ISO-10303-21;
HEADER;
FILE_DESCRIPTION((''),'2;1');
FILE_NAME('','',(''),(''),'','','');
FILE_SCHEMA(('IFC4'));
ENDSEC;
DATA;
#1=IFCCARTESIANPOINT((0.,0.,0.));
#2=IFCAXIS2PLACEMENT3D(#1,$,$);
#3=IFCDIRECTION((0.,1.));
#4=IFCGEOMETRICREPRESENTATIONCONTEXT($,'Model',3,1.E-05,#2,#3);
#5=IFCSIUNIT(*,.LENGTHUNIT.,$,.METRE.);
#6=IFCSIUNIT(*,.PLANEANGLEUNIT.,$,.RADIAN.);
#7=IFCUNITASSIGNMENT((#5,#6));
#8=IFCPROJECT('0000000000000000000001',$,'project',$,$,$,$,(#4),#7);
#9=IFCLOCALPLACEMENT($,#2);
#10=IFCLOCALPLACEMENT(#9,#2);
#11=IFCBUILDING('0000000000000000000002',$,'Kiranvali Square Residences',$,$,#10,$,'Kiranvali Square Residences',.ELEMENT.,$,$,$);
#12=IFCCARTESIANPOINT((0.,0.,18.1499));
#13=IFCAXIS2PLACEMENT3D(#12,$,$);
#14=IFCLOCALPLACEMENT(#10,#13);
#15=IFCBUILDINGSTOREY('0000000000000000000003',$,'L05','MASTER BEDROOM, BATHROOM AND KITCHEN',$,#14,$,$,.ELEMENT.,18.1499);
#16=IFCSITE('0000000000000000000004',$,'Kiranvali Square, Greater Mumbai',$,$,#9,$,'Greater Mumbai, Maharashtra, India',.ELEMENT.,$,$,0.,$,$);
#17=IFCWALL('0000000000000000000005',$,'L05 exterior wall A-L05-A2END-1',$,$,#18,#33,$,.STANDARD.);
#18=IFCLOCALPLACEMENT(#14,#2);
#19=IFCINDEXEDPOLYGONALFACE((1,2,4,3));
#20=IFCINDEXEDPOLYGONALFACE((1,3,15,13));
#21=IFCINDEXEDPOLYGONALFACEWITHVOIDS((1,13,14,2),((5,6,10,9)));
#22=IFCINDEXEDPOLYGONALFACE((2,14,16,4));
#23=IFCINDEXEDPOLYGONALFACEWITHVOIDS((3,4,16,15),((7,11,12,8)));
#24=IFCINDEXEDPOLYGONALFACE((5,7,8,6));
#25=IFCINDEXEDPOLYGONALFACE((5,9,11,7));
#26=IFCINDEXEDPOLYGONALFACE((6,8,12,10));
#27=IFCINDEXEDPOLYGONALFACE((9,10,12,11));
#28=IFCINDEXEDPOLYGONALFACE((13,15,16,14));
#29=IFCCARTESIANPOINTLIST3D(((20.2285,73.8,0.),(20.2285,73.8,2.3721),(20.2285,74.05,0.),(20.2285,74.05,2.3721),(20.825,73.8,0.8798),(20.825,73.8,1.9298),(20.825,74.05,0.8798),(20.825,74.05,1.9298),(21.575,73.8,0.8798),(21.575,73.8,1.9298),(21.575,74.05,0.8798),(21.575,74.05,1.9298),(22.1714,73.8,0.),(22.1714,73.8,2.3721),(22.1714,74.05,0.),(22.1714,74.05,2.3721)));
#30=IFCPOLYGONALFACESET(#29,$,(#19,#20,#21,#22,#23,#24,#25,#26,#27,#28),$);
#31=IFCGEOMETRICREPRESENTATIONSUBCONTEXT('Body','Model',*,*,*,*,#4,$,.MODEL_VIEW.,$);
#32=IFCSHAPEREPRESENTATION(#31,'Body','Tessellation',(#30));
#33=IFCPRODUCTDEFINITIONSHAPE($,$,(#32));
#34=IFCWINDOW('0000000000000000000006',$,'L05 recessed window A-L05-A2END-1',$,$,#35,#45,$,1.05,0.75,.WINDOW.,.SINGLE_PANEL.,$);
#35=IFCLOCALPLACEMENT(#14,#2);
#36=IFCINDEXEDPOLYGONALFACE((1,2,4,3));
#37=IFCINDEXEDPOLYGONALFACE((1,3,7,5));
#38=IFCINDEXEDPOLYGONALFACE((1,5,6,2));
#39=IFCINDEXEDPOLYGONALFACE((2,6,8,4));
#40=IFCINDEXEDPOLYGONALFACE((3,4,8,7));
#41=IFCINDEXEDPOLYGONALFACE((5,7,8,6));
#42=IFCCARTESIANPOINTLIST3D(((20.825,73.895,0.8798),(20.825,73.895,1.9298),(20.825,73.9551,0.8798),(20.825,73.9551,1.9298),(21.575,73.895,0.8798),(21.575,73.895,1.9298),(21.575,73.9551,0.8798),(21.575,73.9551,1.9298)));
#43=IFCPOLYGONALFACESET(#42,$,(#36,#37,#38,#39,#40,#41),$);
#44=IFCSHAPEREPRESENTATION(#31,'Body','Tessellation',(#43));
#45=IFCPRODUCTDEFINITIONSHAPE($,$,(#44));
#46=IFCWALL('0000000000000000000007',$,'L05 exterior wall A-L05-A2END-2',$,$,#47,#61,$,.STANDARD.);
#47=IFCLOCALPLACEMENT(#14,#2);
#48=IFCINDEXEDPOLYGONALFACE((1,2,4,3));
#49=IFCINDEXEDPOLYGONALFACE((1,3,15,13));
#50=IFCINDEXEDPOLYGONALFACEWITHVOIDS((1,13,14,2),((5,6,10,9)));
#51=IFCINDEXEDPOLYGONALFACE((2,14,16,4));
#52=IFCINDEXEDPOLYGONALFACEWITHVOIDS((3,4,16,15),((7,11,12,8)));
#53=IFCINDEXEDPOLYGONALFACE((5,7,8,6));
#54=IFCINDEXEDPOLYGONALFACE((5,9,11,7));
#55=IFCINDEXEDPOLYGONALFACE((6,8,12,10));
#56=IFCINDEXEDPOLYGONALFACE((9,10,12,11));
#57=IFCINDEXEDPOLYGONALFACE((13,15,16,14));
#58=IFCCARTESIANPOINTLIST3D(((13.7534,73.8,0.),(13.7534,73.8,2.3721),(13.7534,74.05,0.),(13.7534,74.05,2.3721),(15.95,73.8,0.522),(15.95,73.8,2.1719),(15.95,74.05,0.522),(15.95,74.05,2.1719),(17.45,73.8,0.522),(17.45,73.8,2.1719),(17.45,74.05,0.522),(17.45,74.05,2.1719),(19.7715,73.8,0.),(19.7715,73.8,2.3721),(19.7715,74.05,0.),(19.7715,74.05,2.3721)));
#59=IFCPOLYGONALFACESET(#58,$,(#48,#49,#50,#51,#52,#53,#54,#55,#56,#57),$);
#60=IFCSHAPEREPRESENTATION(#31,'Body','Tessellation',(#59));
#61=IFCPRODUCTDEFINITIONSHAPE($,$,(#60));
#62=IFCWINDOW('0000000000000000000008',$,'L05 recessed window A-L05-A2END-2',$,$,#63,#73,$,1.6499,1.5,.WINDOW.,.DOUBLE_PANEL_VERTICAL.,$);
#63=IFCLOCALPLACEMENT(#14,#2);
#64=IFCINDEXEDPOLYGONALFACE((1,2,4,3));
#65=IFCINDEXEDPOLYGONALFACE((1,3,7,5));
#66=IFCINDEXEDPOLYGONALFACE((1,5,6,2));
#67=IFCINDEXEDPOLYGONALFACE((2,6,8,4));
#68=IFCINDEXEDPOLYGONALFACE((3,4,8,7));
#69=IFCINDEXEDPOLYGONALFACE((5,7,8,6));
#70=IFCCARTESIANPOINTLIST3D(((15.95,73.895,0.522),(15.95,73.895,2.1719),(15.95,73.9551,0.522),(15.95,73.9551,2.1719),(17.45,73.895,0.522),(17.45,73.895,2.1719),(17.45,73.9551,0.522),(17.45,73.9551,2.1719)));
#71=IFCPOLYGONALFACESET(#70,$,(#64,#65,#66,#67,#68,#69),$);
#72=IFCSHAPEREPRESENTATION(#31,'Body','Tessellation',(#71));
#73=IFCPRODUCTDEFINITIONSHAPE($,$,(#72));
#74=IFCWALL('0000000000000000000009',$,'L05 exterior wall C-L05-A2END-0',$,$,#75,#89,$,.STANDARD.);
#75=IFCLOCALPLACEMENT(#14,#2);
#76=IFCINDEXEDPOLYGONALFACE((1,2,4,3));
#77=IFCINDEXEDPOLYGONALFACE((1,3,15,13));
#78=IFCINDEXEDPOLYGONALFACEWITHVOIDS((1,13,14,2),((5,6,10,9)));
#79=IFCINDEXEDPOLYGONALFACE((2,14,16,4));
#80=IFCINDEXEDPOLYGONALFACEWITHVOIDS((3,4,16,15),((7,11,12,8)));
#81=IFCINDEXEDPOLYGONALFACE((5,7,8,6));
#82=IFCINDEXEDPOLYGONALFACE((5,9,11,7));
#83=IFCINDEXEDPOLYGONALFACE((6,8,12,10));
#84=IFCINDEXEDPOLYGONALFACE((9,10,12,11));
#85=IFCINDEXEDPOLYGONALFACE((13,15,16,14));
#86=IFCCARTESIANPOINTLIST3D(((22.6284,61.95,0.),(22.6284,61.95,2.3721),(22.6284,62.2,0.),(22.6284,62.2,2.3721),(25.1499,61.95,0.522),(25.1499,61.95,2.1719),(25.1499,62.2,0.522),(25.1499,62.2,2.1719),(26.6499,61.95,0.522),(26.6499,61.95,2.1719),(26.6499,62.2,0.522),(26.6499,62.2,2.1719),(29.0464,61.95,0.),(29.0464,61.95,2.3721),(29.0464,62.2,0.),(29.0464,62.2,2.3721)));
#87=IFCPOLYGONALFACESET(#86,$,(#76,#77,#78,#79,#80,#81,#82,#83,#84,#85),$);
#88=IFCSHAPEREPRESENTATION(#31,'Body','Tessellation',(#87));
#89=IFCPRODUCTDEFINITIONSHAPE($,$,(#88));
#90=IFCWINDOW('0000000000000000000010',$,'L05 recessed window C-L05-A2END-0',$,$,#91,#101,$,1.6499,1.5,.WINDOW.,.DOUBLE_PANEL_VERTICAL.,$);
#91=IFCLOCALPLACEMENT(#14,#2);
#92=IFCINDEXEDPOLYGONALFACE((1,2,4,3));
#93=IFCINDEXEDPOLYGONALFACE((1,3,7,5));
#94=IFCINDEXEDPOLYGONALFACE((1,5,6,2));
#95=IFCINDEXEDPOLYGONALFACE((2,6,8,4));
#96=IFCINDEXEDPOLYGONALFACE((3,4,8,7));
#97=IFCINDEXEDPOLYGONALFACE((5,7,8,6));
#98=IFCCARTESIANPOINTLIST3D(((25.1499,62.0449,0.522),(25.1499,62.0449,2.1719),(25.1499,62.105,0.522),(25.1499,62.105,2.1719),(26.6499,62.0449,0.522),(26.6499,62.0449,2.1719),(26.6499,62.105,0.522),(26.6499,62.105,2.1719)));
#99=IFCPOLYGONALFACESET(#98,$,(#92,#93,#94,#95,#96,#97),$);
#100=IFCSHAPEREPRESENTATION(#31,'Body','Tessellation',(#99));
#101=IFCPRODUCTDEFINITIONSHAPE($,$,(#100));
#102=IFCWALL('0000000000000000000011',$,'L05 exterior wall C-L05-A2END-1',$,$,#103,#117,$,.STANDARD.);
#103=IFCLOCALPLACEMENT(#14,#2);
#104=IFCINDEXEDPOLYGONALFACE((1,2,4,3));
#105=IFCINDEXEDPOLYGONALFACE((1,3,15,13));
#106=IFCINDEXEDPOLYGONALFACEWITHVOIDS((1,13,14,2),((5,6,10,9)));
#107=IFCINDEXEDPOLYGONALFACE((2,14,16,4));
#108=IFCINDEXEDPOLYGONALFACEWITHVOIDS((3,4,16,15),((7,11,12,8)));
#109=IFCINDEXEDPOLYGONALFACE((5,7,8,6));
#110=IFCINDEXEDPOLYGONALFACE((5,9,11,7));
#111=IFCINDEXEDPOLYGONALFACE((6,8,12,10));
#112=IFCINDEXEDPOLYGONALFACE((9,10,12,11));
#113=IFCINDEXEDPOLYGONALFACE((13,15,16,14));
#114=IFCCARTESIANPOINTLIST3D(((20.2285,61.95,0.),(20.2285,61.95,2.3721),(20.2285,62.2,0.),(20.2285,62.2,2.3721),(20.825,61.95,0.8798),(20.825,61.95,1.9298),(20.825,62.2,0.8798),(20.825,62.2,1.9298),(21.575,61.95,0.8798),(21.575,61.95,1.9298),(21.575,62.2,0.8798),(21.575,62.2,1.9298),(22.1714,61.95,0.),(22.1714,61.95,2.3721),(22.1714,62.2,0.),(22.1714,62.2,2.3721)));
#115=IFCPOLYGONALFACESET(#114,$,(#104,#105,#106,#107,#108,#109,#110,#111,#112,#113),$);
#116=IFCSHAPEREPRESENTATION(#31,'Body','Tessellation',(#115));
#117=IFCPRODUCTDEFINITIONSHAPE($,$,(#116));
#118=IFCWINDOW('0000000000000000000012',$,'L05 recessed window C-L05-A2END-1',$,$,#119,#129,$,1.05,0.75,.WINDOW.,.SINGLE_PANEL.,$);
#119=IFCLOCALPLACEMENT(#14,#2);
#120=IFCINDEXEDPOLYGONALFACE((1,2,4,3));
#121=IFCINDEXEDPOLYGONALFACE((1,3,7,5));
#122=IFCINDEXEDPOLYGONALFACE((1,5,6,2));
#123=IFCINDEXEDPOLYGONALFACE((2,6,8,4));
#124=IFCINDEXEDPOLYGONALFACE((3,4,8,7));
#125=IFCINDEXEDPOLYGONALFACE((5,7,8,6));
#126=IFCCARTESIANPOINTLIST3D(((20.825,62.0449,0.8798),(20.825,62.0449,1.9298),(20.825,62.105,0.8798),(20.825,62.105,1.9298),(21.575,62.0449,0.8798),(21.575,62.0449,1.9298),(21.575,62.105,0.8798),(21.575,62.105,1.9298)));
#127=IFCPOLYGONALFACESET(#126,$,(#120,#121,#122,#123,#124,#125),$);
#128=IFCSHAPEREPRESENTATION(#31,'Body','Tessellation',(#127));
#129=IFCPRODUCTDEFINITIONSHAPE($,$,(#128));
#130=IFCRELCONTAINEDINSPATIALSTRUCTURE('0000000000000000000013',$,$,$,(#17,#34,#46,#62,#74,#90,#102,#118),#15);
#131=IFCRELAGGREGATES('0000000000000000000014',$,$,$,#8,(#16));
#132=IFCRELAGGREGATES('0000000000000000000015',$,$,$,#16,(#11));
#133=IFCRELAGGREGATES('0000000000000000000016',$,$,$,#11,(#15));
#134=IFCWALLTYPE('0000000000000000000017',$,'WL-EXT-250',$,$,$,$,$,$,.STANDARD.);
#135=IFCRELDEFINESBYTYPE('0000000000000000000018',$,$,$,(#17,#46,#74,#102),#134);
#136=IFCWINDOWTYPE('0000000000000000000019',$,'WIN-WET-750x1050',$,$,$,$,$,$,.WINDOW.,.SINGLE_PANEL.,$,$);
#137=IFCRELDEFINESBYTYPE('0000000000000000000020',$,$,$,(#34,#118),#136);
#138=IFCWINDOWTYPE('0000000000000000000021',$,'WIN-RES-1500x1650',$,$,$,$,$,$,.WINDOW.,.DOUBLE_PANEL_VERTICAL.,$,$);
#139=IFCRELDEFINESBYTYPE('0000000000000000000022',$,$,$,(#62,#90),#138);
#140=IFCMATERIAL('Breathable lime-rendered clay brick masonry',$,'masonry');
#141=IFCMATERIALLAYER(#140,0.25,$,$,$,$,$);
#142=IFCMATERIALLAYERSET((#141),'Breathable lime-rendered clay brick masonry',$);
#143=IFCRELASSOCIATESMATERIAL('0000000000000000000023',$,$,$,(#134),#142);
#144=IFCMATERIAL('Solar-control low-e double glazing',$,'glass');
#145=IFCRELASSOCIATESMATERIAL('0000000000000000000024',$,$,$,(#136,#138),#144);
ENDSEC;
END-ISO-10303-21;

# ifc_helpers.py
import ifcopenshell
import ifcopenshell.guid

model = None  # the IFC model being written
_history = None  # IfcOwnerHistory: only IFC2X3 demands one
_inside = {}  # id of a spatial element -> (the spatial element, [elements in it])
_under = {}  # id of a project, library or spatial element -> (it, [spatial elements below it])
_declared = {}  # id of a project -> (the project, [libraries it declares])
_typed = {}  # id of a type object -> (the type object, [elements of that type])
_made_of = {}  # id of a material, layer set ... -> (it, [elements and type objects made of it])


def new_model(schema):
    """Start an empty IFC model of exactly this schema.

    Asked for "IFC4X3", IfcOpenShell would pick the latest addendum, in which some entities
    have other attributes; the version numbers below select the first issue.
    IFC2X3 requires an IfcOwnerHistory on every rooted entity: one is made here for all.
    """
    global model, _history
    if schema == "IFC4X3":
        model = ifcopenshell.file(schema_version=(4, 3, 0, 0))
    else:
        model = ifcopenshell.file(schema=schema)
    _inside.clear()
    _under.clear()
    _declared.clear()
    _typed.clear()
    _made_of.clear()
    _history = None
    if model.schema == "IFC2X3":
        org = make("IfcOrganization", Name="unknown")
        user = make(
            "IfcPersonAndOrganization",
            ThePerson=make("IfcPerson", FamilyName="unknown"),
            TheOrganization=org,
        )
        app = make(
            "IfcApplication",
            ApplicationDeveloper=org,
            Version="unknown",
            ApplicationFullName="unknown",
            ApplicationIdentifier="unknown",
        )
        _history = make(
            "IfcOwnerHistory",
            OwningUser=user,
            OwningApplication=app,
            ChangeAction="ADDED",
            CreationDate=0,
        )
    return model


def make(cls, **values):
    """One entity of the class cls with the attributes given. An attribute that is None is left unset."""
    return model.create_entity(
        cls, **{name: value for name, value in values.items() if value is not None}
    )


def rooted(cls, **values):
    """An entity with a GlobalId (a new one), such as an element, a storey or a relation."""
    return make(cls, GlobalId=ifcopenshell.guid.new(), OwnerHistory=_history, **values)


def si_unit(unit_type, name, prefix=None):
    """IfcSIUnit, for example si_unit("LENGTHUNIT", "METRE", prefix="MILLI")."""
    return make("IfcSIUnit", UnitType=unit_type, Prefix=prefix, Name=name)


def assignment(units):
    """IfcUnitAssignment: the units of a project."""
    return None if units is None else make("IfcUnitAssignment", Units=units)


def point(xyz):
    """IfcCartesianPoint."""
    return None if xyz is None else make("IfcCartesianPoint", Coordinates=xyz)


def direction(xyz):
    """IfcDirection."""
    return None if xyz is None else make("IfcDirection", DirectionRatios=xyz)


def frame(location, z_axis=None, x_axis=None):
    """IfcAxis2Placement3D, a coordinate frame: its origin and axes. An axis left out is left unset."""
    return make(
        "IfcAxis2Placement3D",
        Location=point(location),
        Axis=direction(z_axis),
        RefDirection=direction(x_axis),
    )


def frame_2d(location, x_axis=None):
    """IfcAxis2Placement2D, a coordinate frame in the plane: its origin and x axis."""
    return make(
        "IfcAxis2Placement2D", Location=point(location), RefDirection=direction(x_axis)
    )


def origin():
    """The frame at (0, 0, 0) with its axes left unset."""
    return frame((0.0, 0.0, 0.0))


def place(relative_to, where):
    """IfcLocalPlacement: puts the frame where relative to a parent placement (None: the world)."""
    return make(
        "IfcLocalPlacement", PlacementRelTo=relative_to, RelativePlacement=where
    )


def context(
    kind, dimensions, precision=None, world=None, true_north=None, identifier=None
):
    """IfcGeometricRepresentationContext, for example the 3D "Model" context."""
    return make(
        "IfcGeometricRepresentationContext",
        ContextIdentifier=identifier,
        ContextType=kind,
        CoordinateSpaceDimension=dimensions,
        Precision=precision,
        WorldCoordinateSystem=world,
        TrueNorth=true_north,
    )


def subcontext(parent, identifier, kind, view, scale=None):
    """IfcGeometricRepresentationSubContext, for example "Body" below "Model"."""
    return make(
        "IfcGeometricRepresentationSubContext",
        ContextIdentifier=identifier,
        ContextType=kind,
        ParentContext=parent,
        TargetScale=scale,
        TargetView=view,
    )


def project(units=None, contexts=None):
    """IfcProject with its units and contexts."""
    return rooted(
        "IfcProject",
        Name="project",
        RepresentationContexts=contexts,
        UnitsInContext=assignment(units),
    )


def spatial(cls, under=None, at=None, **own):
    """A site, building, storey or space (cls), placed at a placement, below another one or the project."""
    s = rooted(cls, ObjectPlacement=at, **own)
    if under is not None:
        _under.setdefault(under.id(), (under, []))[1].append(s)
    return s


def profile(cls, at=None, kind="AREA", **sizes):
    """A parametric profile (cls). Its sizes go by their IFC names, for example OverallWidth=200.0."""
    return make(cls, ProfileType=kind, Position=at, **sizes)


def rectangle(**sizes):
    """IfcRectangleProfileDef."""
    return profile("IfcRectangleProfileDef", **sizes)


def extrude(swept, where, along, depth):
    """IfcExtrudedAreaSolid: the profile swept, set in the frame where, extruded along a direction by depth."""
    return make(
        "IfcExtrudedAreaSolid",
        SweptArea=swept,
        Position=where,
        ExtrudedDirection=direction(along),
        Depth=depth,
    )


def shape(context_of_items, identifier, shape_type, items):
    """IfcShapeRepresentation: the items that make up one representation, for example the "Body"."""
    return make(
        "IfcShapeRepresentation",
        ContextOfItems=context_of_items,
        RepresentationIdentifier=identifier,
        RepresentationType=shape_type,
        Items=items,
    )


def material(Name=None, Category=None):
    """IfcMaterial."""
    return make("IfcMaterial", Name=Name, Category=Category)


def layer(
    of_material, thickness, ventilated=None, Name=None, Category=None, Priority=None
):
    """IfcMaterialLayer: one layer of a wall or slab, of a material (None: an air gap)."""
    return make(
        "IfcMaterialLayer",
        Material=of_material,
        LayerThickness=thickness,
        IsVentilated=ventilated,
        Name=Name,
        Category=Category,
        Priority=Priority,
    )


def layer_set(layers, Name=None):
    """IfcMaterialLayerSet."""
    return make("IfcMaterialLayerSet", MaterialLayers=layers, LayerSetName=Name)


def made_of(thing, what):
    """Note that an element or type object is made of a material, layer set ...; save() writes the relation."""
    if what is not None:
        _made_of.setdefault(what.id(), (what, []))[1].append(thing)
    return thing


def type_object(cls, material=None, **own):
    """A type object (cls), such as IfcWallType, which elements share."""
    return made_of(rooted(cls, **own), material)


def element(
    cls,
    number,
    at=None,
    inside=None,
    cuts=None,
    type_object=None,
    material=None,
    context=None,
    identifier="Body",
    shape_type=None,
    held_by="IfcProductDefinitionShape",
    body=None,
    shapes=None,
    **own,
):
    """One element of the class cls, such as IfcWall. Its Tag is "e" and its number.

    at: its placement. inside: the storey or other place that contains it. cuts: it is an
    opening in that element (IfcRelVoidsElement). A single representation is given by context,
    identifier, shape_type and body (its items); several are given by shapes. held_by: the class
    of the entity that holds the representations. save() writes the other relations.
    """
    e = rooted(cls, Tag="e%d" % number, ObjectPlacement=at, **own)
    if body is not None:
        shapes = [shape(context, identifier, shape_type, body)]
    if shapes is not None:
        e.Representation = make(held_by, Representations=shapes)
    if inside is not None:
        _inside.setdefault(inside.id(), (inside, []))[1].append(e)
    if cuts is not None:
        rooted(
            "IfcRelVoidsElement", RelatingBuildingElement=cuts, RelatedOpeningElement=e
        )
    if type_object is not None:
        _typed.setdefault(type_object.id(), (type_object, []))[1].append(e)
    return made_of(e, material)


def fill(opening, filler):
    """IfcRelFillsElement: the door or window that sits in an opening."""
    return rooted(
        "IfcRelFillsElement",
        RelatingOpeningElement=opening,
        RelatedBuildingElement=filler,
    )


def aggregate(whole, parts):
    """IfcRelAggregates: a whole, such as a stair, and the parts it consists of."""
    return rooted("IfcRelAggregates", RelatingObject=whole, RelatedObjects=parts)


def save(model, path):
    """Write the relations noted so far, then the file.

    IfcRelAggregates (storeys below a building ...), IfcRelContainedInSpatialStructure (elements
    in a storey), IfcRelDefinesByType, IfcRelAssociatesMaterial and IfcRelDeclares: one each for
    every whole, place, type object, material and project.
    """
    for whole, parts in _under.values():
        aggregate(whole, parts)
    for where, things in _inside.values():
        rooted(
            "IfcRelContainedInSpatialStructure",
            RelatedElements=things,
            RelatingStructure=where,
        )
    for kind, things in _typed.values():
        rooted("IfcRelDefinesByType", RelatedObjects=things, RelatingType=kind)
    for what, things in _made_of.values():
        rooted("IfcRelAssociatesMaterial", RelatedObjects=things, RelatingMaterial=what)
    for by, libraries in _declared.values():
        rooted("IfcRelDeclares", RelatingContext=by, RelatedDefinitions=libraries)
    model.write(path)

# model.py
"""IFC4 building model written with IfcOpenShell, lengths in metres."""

from ifc_helpers import new_model, si_unit, direction, frame, frame_2d, origin, place, context, subcontext, project, spatial, rectangle, extrude, material, layer, layer_set, type_object, element, fill, save


model = new_model("IFC4")

# Units and contexts
model_context = context("Model", 3, precision=1e-05, world=origin(), true_north=direction((0.0, 1.0)))
body_context = subcontext(model_context, "Body", "Model", "MODEL_VIEW")
ifc_project = project(units=[si_unit("LENGTHUNIT", "METRE"), si_unit("PLANEANGLEUNIT", "RADIAN")], contexts=[model_context])

# Site, building, storey
site_placement = place(None, origin())
site = spatial("IfcSite", under=ifc_project, at=site_placement, Name="Kiranvali Square, Greater Mumbai", LongName="Greater Mumbai, Maharashtra, India", CompositionType="ELEMENT", RefElevation=0.0)
building_placement = place(site_placement, origin())
building = spatial("IfcBuilding", under=site, at=building_placement, Name="Kiranvali Square Residences", LongName="Kiranvali Square Residences", CompositionType="ELEMENT")
storey_placement = place(building_placement, frame((0.0, 0.0, 18.1499)))
storey = spatial("IfcBuildingStorey", under=building, at=storey_placement, Name="L05", Description="MASTER BEDROOM, BATHROOM AND KITCHEN", CompositionType="ELEMENT", Elevation=18.1499)

# Walls, openings, windows
ifc_material_1 = material(Name="Breathable lime-rendered clay brick masonry", Category="masonry")
ifc_layer = layer(ifc_material_1, 0.25)
ifc_layer_set = layer_set([ifc_layer], Name="Breathable lime-rendered clay brick masonry")
wall_type = type_object("IfcWallType", Name="WL-EXT-250", PredefinedType="STANDARD", material=ifc_layer_set)
wall_1_placement = place(storey_placement, frame((22.1714, 73.925, 0.0), z_axis=(0.0, 0.0, 1.0), x_axis=(-1.0, 0.0, 0.0)))
wall_1 = element("IfcWall", 1, at=wall_1_placement, inside=storey, type_object=wall_type, Name="L05 exterior wall A-L05-A2END-1", PredefinedType="STANDARD", context=body_context, shape_type="SweptSolid", body=[
    extrude(rectangle(XDim=1.9429, YDim=0.25, at=frame_2d((0.9714, 0.0))), origin(), (0.0, 0.0, 1.0), 2.3721),
])
opening_1_placement = place(wall_1_placement, frame((0.5964, 0.0, 0.8799)))
opening_1 = element("IfcOpeningElement", 2, at=opening_1_placement, cuts=wall_1, PredefinedType="OPENING", context=body_context, shape_type="SweptSolid", body=[
    extrude(rectangle(XDim=0.75, YDim=1.05, at=frame_2d((0.375, 0.5249))), frame((0.0, 0.135, 0.0), z_axis=(0.0, -1.0, 0.0), x_axis=(1.0, 0.0, 0.0)), (0.0, 0.0, 1.0), 0.27),
])
ifc_material_2 = material(Name="Solar-control low-e double glazing", Category="glass")
window_type_1 = type_object("IfcWindowType", Name="WIN-WET-750x1050", PartitioningType="SINGLE_PANEL", PredefinedType="WINDOW", material=ifc_material_2)
window_1_placement = place(opening_1_placement, origin())
window_1 = element("IfcWindow", 3, at=window_1_placement, inside=storey, type_object=window_type_1, Name="L05 recessed window A-L05-A2END-1", OverallHeight=1.05, OverallWidth=0.75, PartitioningType="SINGLE_PANEL", PredefinedType="WINDOW", context=body_context, shape_type="SweptSolid", body=[
    extrude(rectangle(XDim=0.75, YDim=1.05, at=frame_2d((0.375, 0.5249))), frame((0.0, 0.03, 0.0), z_axis=(0.0, -1.0, 0.0), x_axis=(1.0, 0.0, 0.0)), (0.0, 0.0, 1.0), 0.0601),
])
fill(opening_1, window_1)
wall_2_placement = place(storey_placement, frame((19.7715, 73.925, 0.0), z_axis=(0.0, 0.0, 1.0), x_axis=(-1.0, 0.0, 0.0)))
wall_2 = element("IfcWall", 4, at=wall_2_placement, inside=storey, type_object=wall_type, Name="L05 exterior wall A-L05-A2END-2", PredefinedType="STANDARD", context=body_context, shape_type="SweptSolid", body=[
    extrude(rectangle(XDim=6.0181, YDim=0.25, at=frame_2d((3.009, 0.0))), origin(), (0.0, 0.0, 1.0), 2.3721),
])
opening_2_placement = place(wall_2_placement, frame((2.3215, 0.0, 0.522)))
opening_2 = element("IfcOpeningElement", 5, at=opening_2_placement, cuts=wall_2, PredefinedType="OPENING", context=body_context, shape_type="SweptSolid", body=[
    extrude(rectangle(XDim=1.5, YDim=1.6499, at=frame_2d((0.75, 0.825))), frame((0.0, 0.135, 0.0), z_axis=(0.0, -1.0, 0.0), x_axis=(1.0, 0.0, 0.0)), (0.0, 0.0, 1.0), 0.27),
])
window_type_2 = type_object("IfcWindowType", Name="WIN-RES-1500x1650", PartitioningType="DOUBLE_PANEL_VERTICAL", PredefinedType="WINDOW", material=ifc_material_2)
window_2_placement = place(opening_2_placement, origin())
window_2 = element("IfcWindow", 6, at=window_2_placement, inside=storey, type_object=window_type_2, Name="L05 recessed window A-L05-A2END-2", OverallHeight=1.6499, OverallWidth=1.5, PartitioningType="DOUBLE_PANEL_VERTICAL", PredefinedType="WINDOW", context=body_context, shape_type="SweptSolid", body=[
    extrude(rectangle(XDim=1.5, YDim=1.6499, at=frame_2d((0.75, 0.825))), frame((0.0, 0.03, 0.0), z_axis=(0.0, -1.0, 0.0), x_axis=(1.0, 0.0, 0.0)), (0.0, 0.0, 1.0), 0.0601),
])
fill(opening_2, window_2)
wall_3_placement = place(storey_placement, frame((29.0464, 62.075, 0.0), z_axis=(0.0, 0.0, 1.0), x_axis=(-1.0, 0.0, 0.0)))
wall_3 = element("IfcWall", 7, at=wall_3_placement, inside=storey, type_object=wall_type, Name="L05 exterior wall C-L05-A2END-0", PredefinedType="STANDARD", context=body_context, shape_type="SweptSolid", body=[
    extrude(rectangle(XDim=6.418, YDim=0.25, at=frame_2d((3.209, 0.0))), origin(), (0.0, 0.0, 1.0), 2.3721),
])
opening_3_placement = place(wall_3_placement, frame((2.3965, 0.0, 0.522)))
opening_3 = element("IfcOpeningElement", 8, at=opening_3_placement, cuts=wall_3, PredefinedType="OPENING", context=body_context, shape_type="SweptSolid", body=[
    extrude(rectangle(XDim=1.5, YDim=1.6499, at=frame_2d((0.75, 0.825))), frame((0.0, 0.135, 0.0), z_axis=(0.0, -1.0, 0.0), x_axis=(1.0, 0.0, 0.0)), (0.0, 0.0, 1.0), 0.27),
])
window_3_placement = place(opening_3_placement, origin())
window_3 = element("IfcWindow", 9, at=window_3_placement, inside=storey, type_object=window_type_2, Name="L05 recessed window C-L05-A2END-0", OverallHeight=1.6499, OverallWidth=1.5, PartitioningType="DOUBLE_PANEL_VERTICAL", PredefinedType="WINDOW", context=body_context, shape_type="SweptSolid", body=[
    extrude(rectangle(XDim=1.5, YDim=1.6499, at=frame_2d((0.75, 0.825))), frame((0.0, 0.03, 0.0), z_axis=(0.0, -1.0, 0.0), x_axis=(1.0, 0.0, 0.0)), (0.0, 0.0, 1.0), 0.0601),
])
fill(opening_3, window_3)
wall_4_placement = place(storey_placement, frame((22.1714, 62.075, 0.0), z_axis=(0.0, 0.0, 1.0), x_axis=(-1.0, 0.0, 0.0)))
wall_4 = element("IfcWall", 10, at=wall_4_placement, inside=storey, type_object=wall_type, Name="L05 exterior wall C-L05-A2END-1", PredefinedType="STANDARD", context=body_context, shape_type="SweptSolid", body=[
    extrude(rectangle(XDim=1.9429, YDim=0.25, at=frame_2d((0.9714, 0.0))), origin(), (0.0, 0.0, 1.0), 2.3721),
])
opening_4_placement = place(wall_4_placement, frame((0.5964, 0.0, 0.8799)))
opening_4 = element("IfcOpeningElement", 11, at=opening_4_placement, cuts=wall_4, PredefinedType="OPENING", context=body_context, shape_type="SweptSolid", body=[
    extrude(rectangle(XDim=0.75, YDim=1.05, at=frame_2d((0.375, 0.5249))), frame((0.0, 0.135, 0.0), z_axis=(0.0, -1.0, 0.0), x_axis=(1.0, 0.0, 0.0)), (0.0, 0.0, 1.0), 0.27),
])
window_4_placement = place(opening_4_placement, origin())
window_4 = element("IfcWindow", 12, at=window_4_placement, inside=storey, type_object=window_type_1, Name="L05 recessed window C-L05-A2END-1", OverallHeight=1.05, OverallWidth=0.75, PartitioningType="SINGLE_PANEL", PredefinedType="WINDOW", context=body_context, shape_type="SweptSolid", body=[
    extrude(rectangle(XDim=0.75, YDim=1.05, at=frame_2d((0.375, 0.5249))), frame((0.0, 0.03, 0.0), z_axis=(0.0, -1.0, 0.0), x_axis=(1.0, 0.0, 0.0)), (0.0, 0.0, 1.0), 0.0601),
])
fill(opening_4, window_4)

save(model, "model.ifc")
